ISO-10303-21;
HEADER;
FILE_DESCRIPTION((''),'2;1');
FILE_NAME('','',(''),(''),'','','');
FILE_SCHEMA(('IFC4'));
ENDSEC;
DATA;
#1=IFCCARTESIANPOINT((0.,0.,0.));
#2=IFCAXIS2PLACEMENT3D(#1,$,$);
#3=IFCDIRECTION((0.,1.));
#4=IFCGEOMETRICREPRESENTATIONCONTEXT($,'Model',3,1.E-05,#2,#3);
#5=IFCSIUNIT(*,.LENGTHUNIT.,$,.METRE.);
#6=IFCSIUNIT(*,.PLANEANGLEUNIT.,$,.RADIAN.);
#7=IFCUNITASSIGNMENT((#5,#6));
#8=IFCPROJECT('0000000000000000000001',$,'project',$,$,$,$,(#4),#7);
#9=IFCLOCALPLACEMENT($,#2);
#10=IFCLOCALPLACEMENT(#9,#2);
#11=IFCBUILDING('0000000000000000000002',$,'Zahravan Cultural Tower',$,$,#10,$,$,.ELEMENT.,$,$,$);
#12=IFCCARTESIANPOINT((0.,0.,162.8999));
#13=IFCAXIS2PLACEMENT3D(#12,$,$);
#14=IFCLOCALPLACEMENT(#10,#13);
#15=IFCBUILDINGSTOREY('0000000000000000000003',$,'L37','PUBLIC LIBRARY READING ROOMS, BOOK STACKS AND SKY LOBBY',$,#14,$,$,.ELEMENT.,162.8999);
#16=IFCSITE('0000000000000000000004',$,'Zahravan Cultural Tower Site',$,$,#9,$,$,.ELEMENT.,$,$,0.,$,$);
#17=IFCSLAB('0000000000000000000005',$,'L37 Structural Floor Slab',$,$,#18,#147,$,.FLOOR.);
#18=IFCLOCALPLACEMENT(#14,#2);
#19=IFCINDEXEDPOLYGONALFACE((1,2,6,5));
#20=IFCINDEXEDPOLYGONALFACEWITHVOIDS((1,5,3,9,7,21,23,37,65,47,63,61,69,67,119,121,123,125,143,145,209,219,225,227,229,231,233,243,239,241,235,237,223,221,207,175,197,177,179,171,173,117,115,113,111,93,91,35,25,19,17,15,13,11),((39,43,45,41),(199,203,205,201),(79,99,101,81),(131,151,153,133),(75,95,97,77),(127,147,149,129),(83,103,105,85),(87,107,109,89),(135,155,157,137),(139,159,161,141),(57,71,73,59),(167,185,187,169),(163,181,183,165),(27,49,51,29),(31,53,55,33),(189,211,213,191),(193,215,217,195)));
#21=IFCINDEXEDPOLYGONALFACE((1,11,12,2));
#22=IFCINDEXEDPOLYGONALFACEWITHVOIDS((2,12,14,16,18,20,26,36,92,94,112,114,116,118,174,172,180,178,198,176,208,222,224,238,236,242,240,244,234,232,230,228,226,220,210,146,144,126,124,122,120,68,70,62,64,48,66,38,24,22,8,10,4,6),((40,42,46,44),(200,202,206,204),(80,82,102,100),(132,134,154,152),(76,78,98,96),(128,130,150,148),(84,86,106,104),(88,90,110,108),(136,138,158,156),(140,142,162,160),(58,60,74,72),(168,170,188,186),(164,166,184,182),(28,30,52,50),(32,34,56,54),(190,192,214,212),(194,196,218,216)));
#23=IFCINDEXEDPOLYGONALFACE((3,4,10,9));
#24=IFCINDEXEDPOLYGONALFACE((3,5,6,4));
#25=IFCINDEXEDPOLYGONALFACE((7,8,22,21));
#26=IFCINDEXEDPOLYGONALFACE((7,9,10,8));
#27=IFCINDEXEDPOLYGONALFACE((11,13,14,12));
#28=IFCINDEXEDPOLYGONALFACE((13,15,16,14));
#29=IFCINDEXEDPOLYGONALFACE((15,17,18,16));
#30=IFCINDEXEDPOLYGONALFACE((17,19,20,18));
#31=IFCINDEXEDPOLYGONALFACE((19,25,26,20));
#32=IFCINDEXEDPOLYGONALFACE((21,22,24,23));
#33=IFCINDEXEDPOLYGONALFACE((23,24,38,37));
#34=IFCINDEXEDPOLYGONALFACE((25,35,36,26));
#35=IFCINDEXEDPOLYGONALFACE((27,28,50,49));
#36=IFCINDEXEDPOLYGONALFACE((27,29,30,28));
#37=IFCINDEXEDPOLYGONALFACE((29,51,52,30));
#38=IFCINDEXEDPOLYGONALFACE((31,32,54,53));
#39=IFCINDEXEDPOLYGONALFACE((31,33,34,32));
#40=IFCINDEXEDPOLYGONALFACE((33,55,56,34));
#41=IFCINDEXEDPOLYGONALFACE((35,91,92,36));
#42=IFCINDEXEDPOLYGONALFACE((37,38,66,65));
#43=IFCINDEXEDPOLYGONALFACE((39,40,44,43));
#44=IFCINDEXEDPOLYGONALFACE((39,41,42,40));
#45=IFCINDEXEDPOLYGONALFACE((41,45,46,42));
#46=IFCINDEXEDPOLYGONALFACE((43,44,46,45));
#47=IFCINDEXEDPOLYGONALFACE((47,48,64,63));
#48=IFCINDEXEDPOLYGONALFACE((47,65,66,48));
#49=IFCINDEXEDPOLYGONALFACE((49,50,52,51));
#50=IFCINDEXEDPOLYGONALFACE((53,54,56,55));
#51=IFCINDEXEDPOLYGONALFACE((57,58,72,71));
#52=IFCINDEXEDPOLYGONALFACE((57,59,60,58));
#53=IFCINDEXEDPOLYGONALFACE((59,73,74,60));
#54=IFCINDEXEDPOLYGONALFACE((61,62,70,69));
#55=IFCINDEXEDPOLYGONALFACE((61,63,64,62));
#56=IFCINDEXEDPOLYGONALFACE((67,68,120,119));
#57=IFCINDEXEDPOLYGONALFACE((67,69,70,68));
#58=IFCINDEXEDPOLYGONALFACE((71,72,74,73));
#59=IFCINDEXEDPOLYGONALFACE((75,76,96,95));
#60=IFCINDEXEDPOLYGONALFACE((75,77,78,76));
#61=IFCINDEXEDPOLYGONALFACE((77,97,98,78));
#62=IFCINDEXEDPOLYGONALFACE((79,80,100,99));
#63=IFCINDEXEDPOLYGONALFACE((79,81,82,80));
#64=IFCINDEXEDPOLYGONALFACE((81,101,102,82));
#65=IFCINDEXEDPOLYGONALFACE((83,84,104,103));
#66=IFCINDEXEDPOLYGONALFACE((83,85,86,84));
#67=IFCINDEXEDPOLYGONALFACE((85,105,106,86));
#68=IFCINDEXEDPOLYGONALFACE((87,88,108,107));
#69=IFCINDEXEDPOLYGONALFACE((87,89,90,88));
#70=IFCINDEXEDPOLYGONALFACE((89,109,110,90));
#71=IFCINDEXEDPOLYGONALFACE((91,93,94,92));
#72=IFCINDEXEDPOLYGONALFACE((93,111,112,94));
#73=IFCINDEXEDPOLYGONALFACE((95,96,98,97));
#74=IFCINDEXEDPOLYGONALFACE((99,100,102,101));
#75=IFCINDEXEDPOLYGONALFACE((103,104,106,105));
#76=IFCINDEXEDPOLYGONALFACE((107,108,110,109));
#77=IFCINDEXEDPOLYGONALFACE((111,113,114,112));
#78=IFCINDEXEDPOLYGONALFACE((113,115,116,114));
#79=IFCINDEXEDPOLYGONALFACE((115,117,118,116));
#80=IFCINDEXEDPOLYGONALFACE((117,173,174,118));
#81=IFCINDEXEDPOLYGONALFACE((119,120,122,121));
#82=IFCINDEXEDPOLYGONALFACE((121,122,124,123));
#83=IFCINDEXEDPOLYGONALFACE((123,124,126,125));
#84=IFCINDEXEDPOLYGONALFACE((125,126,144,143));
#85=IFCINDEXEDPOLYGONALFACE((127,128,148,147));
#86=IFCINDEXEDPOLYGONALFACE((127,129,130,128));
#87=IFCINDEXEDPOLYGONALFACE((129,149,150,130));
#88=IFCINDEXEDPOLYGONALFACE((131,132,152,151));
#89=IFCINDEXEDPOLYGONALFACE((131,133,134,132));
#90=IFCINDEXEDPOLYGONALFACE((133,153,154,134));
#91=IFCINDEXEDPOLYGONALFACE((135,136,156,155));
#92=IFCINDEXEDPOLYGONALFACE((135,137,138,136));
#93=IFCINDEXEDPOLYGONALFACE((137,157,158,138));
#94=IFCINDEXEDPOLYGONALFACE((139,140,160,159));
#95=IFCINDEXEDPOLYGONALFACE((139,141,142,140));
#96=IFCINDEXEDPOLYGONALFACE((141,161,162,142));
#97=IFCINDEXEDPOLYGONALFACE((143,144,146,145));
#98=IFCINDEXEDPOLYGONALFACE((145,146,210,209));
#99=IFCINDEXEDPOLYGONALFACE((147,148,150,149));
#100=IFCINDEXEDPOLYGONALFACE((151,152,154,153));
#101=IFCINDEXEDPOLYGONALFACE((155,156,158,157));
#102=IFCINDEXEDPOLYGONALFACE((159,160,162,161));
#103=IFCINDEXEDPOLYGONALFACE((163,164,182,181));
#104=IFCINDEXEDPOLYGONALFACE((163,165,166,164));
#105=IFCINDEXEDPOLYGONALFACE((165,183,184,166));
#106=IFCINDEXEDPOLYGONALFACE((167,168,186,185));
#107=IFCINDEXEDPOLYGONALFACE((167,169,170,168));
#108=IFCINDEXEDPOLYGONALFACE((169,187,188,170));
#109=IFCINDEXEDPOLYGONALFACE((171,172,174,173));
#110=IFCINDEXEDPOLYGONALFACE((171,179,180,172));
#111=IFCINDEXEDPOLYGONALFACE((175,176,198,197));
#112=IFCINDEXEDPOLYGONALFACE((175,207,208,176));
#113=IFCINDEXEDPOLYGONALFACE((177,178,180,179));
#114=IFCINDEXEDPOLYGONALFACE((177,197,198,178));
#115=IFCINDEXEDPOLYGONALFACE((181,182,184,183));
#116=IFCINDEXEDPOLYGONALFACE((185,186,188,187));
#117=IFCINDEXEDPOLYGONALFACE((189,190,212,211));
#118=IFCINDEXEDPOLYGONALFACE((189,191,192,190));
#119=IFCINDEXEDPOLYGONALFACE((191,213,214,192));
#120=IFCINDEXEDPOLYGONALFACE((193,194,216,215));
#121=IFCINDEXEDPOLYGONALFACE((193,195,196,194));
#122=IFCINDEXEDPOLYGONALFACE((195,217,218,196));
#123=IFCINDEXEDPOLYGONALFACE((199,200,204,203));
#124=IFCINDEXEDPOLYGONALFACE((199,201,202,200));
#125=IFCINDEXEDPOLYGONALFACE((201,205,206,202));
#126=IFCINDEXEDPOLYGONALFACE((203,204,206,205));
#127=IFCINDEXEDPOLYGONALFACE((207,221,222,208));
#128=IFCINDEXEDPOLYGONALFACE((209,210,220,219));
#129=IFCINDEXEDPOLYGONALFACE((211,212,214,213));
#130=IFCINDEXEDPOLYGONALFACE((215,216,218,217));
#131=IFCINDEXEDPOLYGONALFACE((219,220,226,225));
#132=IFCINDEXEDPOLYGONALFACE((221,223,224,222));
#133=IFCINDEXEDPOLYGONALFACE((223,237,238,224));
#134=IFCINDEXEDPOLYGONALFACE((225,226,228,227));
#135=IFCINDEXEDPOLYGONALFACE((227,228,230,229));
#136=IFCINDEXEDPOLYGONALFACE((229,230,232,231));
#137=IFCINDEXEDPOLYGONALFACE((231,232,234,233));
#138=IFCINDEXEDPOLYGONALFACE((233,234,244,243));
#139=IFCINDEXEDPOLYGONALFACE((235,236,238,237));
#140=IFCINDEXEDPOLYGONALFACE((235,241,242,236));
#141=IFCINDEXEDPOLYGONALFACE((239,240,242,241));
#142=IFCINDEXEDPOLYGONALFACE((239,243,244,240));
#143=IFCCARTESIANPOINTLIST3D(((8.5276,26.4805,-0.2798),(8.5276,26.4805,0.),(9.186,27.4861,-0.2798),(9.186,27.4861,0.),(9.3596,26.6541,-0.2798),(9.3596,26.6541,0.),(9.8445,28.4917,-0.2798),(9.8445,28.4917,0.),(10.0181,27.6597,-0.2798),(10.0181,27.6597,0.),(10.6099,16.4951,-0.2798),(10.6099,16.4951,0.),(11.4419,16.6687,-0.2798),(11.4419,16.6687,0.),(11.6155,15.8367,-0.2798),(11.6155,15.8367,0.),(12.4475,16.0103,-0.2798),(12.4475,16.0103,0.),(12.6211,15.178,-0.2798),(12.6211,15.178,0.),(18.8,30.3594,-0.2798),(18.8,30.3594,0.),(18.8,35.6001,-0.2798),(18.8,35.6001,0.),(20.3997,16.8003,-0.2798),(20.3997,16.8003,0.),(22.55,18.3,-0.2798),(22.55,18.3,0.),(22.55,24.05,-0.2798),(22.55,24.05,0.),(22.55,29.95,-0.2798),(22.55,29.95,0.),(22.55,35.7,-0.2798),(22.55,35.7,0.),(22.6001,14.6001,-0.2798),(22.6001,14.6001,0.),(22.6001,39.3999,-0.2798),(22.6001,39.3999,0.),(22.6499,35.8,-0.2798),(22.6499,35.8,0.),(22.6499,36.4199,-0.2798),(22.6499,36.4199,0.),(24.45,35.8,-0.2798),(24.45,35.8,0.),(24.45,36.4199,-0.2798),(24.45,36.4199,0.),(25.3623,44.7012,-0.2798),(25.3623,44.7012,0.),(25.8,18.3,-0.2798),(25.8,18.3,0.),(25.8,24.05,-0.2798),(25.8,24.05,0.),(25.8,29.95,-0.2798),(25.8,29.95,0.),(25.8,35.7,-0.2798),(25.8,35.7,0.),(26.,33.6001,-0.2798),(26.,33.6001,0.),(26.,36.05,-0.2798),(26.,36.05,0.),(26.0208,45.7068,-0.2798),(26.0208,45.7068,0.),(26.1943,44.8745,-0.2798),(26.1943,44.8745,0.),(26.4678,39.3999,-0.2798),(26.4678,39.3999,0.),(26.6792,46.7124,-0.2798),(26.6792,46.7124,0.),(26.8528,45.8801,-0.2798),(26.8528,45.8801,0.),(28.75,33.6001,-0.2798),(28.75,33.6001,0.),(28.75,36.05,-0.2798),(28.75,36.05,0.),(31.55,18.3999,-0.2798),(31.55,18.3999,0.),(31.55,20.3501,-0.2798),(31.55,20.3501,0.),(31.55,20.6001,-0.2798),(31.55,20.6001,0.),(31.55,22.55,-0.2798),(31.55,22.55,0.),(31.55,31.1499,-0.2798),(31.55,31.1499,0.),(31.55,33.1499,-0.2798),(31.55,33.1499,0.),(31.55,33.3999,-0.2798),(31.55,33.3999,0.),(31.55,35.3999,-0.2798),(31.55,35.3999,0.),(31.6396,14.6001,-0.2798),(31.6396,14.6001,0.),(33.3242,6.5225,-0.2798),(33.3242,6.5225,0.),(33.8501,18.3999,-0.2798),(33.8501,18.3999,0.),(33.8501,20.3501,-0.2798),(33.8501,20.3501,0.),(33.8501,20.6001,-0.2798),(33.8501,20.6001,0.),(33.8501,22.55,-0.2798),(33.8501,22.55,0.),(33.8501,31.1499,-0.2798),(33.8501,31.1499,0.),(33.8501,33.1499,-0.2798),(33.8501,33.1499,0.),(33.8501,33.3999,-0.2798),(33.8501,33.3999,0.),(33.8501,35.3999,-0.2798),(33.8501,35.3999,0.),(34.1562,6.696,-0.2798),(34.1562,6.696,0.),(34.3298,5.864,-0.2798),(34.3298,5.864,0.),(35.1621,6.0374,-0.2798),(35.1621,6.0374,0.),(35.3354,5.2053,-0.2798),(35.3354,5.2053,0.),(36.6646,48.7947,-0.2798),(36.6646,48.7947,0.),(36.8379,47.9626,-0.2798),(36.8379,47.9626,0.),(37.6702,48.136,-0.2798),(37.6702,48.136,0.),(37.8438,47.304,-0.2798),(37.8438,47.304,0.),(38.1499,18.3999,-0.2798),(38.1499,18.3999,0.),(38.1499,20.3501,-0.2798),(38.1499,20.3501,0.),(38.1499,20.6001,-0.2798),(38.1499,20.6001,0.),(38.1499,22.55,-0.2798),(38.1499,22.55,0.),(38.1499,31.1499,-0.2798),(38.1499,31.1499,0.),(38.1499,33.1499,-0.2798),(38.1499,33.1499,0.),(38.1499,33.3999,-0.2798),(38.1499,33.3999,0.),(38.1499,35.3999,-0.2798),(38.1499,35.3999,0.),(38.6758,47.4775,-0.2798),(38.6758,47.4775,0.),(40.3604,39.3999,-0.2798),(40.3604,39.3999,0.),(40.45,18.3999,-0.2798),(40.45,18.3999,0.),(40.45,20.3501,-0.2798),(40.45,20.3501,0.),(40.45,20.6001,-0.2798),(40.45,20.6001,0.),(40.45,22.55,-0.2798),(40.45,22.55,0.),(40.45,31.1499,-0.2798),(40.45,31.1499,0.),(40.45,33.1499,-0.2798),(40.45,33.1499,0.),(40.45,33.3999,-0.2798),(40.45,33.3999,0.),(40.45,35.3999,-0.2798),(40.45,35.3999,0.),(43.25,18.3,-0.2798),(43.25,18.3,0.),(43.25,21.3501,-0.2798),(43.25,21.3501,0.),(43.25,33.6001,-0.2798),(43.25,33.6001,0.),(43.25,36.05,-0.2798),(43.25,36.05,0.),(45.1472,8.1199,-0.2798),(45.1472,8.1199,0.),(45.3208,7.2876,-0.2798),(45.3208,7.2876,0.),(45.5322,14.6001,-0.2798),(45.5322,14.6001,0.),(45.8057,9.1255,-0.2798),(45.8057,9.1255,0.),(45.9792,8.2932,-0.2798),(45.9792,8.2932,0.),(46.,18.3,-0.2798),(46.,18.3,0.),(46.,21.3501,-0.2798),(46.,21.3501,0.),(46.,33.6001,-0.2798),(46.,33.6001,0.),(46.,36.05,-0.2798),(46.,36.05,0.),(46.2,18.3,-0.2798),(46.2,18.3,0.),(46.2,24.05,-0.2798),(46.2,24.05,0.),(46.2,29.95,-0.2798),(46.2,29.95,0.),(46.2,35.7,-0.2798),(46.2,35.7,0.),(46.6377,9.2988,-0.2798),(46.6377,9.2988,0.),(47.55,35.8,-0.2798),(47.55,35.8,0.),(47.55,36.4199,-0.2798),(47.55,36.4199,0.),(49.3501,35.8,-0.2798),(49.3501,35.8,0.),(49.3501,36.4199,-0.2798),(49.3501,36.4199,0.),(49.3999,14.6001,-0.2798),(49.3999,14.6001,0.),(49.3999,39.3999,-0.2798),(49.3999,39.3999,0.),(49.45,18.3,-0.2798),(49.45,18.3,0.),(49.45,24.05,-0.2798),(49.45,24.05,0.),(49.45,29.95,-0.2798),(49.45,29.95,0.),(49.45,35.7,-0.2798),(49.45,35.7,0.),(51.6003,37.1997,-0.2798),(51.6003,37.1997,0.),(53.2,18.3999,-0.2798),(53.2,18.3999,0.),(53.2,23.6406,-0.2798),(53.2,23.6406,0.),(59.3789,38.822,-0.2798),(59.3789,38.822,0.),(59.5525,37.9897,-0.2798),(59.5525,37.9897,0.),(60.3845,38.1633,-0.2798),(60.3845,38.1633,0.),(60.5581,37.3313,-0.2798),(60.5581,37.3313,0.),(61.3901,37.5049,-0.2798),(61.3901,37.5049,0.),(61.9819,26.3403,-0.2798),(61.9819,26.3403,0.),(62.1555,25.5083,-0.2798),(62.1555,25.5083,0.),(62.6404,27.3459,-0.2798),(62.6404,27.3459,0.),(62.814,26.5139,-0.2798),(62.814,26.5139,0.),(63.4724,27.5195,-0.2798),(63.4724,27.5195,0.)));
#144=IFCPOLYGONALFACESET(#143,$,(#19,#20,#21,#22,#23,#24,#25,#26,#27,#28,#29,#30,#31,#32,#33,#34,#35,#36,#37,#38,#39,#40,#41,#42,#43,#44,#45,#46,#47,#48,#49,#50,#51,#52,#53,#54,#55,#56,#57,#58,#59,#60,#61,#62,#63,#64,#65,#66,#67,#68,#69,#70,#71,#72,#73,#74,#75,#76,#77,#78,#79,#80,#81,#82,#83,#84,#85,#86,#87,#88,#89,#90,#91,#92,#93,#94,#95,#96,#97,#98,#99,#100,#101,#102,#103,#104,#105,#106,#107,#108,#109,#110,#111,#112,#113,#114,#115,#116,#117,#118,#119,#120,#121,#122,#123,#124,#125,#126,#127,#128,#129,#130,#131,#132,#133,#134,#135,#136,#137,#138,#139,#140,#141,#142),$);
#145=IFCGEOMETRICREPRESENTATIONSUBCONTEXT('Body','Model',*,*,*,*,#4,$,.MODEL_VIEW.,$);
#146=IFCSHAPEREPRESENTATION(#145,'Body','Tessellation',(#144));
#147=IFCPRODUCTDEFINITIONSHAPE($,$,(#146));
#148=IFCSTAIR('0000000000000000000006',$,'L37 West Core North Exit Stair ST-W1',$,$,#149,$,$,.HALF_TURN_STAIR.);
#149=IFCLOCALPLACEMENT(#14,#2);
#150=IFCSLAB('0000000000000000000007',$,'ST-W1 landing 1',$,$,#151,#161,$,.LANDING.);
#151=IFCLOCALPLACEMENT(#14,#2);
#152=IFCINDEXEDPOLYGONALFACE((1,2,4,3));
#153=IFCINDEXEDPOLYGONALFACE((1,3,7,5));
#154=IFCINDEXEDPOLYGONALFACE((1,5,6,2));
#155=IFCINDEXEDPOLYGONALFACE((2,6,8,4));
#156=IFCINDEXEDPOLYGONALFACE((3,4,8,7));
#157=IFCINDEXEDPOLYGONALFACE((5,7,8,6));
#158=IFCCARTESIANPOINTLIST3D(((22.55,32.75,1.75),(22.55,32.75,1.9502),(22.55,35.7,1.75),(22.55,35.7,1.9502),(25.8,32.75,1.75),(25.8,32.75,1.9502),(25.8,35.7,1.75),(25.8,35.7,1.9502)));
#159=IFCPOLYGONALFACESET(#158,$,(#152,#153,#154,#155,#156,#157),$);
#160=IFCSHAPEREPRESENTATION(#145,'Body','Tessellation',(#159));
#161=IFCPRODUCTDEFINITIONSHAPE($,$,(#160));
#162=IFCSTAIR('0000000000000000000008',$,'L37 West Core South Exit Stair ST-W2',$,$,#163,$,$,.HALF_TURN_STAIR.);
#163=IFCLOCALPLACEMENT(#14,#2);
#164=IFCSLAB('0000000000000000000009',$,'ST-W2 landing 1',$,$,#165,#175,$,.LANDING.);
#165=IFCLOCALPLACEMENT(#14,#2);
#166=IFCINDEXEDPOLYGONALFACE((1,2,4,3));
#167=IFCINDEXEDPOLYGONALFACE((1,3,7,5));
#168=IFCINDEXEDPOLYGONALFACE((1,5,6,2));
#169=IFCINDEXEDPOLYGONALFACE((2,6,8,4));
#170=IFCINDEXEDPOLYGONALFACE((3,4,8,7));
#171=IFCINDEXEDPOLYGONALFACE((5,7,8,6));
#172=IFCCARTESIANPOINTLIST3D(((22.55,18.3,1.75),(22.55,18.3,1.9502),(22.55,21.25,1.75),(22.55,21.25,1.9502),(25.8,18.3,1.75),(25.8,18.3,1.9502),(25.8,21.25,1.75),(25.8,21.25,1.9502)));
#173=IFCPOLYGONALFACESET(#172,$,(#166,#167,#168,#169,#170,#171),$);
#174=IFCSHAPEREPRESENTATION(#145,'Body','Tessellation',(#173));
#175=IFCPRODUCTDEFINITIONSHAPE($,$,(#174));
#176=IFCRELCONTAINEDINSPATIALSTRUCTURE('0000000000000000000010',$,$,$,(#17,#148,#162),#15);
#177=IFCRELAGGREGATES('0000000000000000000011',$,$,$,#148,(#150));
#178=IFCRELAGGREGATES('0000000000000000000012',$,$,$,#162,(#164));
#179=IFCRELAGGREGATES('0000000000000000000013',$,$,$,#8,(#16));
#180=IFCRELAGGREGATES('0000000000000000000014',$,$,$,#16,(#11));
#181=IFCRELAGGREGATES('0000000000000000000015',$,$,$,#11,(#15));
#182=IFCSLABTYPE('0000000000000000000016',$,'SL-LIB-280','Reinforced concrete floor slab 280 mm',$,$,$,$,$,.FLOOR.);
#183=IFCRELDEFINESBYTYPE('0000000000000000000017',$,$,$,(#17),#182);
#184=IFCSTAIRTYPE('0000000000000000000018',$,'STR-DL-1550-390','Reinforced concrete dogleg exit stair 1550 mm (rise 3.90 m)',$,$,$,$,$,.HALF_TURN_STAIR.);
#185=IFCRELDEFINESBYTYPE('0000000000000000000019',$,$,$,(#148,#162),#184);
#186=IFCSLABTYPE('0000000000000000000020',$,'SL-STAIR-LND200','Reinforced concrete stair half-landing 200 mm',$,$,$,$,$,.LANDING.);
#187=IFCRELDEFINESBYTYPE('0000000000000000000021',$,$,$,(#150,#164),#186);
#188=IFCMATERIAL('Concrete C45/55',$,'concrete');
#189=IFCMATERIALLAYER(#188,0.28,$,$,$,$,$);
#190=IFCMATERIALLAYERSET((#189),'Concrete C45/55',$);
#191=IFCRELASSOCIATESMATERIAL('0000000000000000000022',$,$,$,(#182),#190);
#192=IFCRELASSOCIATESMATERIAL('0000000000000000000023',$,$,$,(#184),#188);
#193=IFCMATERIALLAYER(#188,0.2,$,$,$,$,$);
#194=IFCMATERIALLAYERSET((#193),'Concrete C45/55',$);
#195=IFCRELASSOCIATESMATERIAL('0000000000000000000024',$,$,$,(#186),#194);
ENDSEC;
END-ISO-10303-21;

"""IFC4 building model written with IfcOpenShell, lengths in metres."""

from ifc_helpers import new_model, si_unit, direction, frame, origin, place, context, subcontext, project, spatial, polyline, outline, extrude, material, layer, layer_set, type_object, element, aggregate, save


model = new_model("IFC4")

# Units and contexts
model_context = context("Model", 3, precision=1e-05, world=origin(), true_north=direction((0.0, 1.0)))
body_context = subcontext(model_context, "Body", "Model", "MODEL_VIEW")
ifc_project = project(units=[si_unit("LENGTHUNIT", "METRE"), si_unit("PLANEANGLEUNIT", "RADIAN")], contexts=[model_context])

# Site, building, storey
site_placement = place(None, origin())
site = spatial("IfcSite", under=ifc_project, at=site_placement, Name="Zahravan Cultural Tower Site", CompositionType="ELEMENT", RefElevation=0.0)
building_placement = place(site_placement, origin())
building = spatial("IfcBuilding", under=site, at=building_placement, Name="Zahravan Cultural Tower", CompositionType="ELEMENT")
storey_placement = place(building_placement, frame((0.0, 0.0, 162.8999)))
storey = spatial("IfcBuildingStorey", under=building, at=storey_placement, Name="L37", Description="PUBLIC LIBRARY READING ROOMS, BOOK STACKS AND SKY LOBBY", CompositionType="ELEMENT", Elevation=162.8999)

# Slab
ifc_material_1 = material(Name="Concrete C45/55", Category="concrete")
ifc_layer_1 = layer(ifc_material_1, 0.28)
ifc_layer_set_1 = layer_set([ifc_layer_1], Name="Concrete C45/55")
slab_type_1 = type_object("IfcSlabType", Name="SL-LIB-280", Description="Reinforced concrete floor slab 280 mm", PredefinedType="FLOOR", material=ifc_layer_set_1)
slab_1_placement = place(storey_placement, frame((0.0, 0.0, -0.2798)))
element("IfcSlab", 1, at=slab_1_placement, inside=storey, type_object=slab_type_1, Name="L37 Structural Floor Slab", PredefinedType="FLOOR", context=body_context, shape_type="SweptSolid", body=[
    extrude(outline(polyline([(51.6003, 37.1997), (49.3999, 39.3999), (40.3604, 39.3999), (38.6758, 47.4775), (37.8438, 47.304), (37.6702, 48.136), (36.8379, 47.9626), (36.6646, 48.7947), (26.6792, 46.7124), (26.8528, 45.8801), (26.0208, 45.7068), (26.1943, 44.8745), (25.3623, 44.7012), (26.4678, 39.3999), (22.6001, 39.3999), (18.8, 35.6001), (18.8, 30.3594), (9.8445, 28.4917), (10.0181, 27.6597), (9.186, 27.4861), (9.3596, 26.6541), (8.5276, 26.4805), (10.6099, 16.4951), (11.4419, 16.6687), (11.6155, 15.8367), (12.4475, 16.0103), (12.6211, 15.178), (20.3997, 16.8003), (22.6001, 14.6001), (31.6396, 14.6001), (33.3242, 6.5225), (34.1562, 6.696), (34.3298, 5.864), (35.1621, 6.0374), (35.3354, 5.2053), (45.3208, 7.2876), (45.1472, 8.1199), (45.9792, 8.2932), (45.8057, 9.1255), (46.6377, 9.2988), (45.5322, 14.6001), (49.3999, 14.6001), (53.2, 18.3999), (53.2, 23.6406), (62.1555, 25.5083), (61.9819, 26.3403), (62.814, 26.5139), (62.6404, 27.3459), (63.4724, 27.5195), (61.3901, 37.5049), (60.5581, 37.3313), (60.3845, 38.1633), (59.5525, 37.9897), (59.3789, 38.822), (51.6003, 37.1997)]), holes=[polyline([(22.55, 29.95), (22.55, 35.7), (25.8, 35.7), (25.8, 29.95), (22.55, 29.95)]), polyline([(22.55, 18.3), (22.55, 24.05), (25.8, 24.05), (25.8, 18.3), (22.55, 18.3)]), polyline([(46.2, 29.95), (46.2, 35.7), (49.45, 35.7), (49.45, 29.95), (46.2, 29.95)]), polyline([(46.2, 18.3), (46.2, 24.05), (49.45, 24.05), (49.45, 18.3), (46.2, 18.3)]), polyline([(26.0, 33.6001), (26.0, 36.05), (28.75, 36.05), (28.75, 33.6001), (26.0, 33.6001)]), polyline([(43.25, 33.6001), (43.25, 36.05), (46.0, 36.05), (46.0, 33.6001), (43.25, 33.6001)]), polyline([(43.25, 18.3), (43.25, 21.3501), (46.0, 21.3501), (46.0, 18.3), (43.25, 18.3)]), polyline([(31.55, 33.3999), (31.55, 35.3999), (33.8501, 35.3999), (33.8501, 33.3999), (31.55, 33.3999)]), polyline([(31.55, 31.1499), (31.55, 33.1499), (33.8501, 33.1499), (33.8501, 31.1499), (31.55, 31.1499)]), polyline([(38.1499, 33.3999), (38.1499, 35.3999), (40.45, 35.3999), (40.45, 33.3999), (38.1499, 33.3999)]), polyline([(38.1499, 31.1499), (38.1499, 33.1499), (40.45, 33.1499), (40.45, 31.1499), (38.1499, 31.1499)]), polyline([(31.55, 20.6001), (31.55, 22.55), (33.8501, 22.55), (33.8501, 20.6001), (31.55, 20.6001)]), polyline([(31.55, 18.3999), (31.55, 20.3501), (33.8501, 20.3501), (33.8501, 18.3999), (31.55, 18.3999)]), polyline([(38.1499, 20.6001), (38.1499, 22.55), (40.45, 22.55), (40.45, 20.6001), (38.1499, 20.6001)]), polyline([(38.1499, 18.3999), (38.1499, 20.3501), (40.45, 20.3501), (40.45, 18.3999), (38.1499, 18.3999)]), polyline([(22.6499, 35.8), (22.6499, 36.4199), (24.45, 36.4199), (24.45, 35.8), (22.6499, 35.8)]), polyline([(47.55, 35.8), (47.55, 36.4199), (49.3501, 36.4199), (49.3501, 35.8), (47.55, 35.8)])]), origin(), (0.0, 0.0, 1.0), 0.2798),
])

# Stairs, slabs
stair_type = type_object("IfcStairType", Name="STR-DL-1550-390", Description="Reinforced concrete dogleg exit stair 1550 mm (rise 3.90 m)", PredefinedType="HALF_TURN_STAIR", material=ifc_material_1)
stair_1_placement = place(storey_placement, origin())
stair_1 = element("IfcStair", 2, at=stair_1_placement, inside=storey, type_object=stair_type, Name="L37 West Core North Exit Stair ST-W1", PredefinedType="HALF_TURN_STAIR")
ifc_layer_2 = layer(ifc_material_1, 0.2)
ifc_layer_set_2 = layer_set([ifc_layer_2], Name="Concrete C45/55")
slab_type_2 = type_object("IfcSlabType", Name="SL-STAIR-LND200", Description="Reinforced concrete stair half-landing 200 mm", PredefinedType="LANDING", material=ifc_layer_set_2)
slab_2_placement = place(storey_placement, frame((0.0, 0.0, 1.75)))
slab_2 = element("IfcSlab", 3, at=slab_2_placement, type_object=slab_type_2, Name="ST-W1 landing 1", PredefinedType="LANDING", context=body_context, shape_type="SweptSolid", body=[
    extrude(outline(polyline([(25.8, 32.75), (25.8, 35.7), (22.55, 35.7), (22.55, 32.75), (25.8, 32.75)])), origin(), (0.0, 0.0, 1.0), 0.2002),
])
aggregate(stair_1, [slab_2])
stair_2_placement = place(storey_placement, origin())
stair_2 = element("IfcStair", 4, at=stair_2_placement, inside=storey, type_object=stair_type, Name="L37 West Core South Exit Stair ST-W2", PredefinedType="HALF_TURN_STAIR")
slab_3_placement = place(storey_placement, frame((0.0, 0.0, 1.75)))
slab_3 = element("IfcSlab", 5, at=slab_3_placement, type_object=slab_type_2, Name="ST-W2 landing 1", PredefinedType="LANDING", context=body_context, shape_type="SweptSolid", body=[
    extrude(outline(polyline([(22.55, 21.25), (22.55, 18.3), (25.8, 18.3), (25.8, 21.25), (22.55, 21.25)])), origin(), (0.0, 0.0, 1.0), 0.2002),
])
aggregate(stair_2, [slab_3])

save(model, "model.ifc")
